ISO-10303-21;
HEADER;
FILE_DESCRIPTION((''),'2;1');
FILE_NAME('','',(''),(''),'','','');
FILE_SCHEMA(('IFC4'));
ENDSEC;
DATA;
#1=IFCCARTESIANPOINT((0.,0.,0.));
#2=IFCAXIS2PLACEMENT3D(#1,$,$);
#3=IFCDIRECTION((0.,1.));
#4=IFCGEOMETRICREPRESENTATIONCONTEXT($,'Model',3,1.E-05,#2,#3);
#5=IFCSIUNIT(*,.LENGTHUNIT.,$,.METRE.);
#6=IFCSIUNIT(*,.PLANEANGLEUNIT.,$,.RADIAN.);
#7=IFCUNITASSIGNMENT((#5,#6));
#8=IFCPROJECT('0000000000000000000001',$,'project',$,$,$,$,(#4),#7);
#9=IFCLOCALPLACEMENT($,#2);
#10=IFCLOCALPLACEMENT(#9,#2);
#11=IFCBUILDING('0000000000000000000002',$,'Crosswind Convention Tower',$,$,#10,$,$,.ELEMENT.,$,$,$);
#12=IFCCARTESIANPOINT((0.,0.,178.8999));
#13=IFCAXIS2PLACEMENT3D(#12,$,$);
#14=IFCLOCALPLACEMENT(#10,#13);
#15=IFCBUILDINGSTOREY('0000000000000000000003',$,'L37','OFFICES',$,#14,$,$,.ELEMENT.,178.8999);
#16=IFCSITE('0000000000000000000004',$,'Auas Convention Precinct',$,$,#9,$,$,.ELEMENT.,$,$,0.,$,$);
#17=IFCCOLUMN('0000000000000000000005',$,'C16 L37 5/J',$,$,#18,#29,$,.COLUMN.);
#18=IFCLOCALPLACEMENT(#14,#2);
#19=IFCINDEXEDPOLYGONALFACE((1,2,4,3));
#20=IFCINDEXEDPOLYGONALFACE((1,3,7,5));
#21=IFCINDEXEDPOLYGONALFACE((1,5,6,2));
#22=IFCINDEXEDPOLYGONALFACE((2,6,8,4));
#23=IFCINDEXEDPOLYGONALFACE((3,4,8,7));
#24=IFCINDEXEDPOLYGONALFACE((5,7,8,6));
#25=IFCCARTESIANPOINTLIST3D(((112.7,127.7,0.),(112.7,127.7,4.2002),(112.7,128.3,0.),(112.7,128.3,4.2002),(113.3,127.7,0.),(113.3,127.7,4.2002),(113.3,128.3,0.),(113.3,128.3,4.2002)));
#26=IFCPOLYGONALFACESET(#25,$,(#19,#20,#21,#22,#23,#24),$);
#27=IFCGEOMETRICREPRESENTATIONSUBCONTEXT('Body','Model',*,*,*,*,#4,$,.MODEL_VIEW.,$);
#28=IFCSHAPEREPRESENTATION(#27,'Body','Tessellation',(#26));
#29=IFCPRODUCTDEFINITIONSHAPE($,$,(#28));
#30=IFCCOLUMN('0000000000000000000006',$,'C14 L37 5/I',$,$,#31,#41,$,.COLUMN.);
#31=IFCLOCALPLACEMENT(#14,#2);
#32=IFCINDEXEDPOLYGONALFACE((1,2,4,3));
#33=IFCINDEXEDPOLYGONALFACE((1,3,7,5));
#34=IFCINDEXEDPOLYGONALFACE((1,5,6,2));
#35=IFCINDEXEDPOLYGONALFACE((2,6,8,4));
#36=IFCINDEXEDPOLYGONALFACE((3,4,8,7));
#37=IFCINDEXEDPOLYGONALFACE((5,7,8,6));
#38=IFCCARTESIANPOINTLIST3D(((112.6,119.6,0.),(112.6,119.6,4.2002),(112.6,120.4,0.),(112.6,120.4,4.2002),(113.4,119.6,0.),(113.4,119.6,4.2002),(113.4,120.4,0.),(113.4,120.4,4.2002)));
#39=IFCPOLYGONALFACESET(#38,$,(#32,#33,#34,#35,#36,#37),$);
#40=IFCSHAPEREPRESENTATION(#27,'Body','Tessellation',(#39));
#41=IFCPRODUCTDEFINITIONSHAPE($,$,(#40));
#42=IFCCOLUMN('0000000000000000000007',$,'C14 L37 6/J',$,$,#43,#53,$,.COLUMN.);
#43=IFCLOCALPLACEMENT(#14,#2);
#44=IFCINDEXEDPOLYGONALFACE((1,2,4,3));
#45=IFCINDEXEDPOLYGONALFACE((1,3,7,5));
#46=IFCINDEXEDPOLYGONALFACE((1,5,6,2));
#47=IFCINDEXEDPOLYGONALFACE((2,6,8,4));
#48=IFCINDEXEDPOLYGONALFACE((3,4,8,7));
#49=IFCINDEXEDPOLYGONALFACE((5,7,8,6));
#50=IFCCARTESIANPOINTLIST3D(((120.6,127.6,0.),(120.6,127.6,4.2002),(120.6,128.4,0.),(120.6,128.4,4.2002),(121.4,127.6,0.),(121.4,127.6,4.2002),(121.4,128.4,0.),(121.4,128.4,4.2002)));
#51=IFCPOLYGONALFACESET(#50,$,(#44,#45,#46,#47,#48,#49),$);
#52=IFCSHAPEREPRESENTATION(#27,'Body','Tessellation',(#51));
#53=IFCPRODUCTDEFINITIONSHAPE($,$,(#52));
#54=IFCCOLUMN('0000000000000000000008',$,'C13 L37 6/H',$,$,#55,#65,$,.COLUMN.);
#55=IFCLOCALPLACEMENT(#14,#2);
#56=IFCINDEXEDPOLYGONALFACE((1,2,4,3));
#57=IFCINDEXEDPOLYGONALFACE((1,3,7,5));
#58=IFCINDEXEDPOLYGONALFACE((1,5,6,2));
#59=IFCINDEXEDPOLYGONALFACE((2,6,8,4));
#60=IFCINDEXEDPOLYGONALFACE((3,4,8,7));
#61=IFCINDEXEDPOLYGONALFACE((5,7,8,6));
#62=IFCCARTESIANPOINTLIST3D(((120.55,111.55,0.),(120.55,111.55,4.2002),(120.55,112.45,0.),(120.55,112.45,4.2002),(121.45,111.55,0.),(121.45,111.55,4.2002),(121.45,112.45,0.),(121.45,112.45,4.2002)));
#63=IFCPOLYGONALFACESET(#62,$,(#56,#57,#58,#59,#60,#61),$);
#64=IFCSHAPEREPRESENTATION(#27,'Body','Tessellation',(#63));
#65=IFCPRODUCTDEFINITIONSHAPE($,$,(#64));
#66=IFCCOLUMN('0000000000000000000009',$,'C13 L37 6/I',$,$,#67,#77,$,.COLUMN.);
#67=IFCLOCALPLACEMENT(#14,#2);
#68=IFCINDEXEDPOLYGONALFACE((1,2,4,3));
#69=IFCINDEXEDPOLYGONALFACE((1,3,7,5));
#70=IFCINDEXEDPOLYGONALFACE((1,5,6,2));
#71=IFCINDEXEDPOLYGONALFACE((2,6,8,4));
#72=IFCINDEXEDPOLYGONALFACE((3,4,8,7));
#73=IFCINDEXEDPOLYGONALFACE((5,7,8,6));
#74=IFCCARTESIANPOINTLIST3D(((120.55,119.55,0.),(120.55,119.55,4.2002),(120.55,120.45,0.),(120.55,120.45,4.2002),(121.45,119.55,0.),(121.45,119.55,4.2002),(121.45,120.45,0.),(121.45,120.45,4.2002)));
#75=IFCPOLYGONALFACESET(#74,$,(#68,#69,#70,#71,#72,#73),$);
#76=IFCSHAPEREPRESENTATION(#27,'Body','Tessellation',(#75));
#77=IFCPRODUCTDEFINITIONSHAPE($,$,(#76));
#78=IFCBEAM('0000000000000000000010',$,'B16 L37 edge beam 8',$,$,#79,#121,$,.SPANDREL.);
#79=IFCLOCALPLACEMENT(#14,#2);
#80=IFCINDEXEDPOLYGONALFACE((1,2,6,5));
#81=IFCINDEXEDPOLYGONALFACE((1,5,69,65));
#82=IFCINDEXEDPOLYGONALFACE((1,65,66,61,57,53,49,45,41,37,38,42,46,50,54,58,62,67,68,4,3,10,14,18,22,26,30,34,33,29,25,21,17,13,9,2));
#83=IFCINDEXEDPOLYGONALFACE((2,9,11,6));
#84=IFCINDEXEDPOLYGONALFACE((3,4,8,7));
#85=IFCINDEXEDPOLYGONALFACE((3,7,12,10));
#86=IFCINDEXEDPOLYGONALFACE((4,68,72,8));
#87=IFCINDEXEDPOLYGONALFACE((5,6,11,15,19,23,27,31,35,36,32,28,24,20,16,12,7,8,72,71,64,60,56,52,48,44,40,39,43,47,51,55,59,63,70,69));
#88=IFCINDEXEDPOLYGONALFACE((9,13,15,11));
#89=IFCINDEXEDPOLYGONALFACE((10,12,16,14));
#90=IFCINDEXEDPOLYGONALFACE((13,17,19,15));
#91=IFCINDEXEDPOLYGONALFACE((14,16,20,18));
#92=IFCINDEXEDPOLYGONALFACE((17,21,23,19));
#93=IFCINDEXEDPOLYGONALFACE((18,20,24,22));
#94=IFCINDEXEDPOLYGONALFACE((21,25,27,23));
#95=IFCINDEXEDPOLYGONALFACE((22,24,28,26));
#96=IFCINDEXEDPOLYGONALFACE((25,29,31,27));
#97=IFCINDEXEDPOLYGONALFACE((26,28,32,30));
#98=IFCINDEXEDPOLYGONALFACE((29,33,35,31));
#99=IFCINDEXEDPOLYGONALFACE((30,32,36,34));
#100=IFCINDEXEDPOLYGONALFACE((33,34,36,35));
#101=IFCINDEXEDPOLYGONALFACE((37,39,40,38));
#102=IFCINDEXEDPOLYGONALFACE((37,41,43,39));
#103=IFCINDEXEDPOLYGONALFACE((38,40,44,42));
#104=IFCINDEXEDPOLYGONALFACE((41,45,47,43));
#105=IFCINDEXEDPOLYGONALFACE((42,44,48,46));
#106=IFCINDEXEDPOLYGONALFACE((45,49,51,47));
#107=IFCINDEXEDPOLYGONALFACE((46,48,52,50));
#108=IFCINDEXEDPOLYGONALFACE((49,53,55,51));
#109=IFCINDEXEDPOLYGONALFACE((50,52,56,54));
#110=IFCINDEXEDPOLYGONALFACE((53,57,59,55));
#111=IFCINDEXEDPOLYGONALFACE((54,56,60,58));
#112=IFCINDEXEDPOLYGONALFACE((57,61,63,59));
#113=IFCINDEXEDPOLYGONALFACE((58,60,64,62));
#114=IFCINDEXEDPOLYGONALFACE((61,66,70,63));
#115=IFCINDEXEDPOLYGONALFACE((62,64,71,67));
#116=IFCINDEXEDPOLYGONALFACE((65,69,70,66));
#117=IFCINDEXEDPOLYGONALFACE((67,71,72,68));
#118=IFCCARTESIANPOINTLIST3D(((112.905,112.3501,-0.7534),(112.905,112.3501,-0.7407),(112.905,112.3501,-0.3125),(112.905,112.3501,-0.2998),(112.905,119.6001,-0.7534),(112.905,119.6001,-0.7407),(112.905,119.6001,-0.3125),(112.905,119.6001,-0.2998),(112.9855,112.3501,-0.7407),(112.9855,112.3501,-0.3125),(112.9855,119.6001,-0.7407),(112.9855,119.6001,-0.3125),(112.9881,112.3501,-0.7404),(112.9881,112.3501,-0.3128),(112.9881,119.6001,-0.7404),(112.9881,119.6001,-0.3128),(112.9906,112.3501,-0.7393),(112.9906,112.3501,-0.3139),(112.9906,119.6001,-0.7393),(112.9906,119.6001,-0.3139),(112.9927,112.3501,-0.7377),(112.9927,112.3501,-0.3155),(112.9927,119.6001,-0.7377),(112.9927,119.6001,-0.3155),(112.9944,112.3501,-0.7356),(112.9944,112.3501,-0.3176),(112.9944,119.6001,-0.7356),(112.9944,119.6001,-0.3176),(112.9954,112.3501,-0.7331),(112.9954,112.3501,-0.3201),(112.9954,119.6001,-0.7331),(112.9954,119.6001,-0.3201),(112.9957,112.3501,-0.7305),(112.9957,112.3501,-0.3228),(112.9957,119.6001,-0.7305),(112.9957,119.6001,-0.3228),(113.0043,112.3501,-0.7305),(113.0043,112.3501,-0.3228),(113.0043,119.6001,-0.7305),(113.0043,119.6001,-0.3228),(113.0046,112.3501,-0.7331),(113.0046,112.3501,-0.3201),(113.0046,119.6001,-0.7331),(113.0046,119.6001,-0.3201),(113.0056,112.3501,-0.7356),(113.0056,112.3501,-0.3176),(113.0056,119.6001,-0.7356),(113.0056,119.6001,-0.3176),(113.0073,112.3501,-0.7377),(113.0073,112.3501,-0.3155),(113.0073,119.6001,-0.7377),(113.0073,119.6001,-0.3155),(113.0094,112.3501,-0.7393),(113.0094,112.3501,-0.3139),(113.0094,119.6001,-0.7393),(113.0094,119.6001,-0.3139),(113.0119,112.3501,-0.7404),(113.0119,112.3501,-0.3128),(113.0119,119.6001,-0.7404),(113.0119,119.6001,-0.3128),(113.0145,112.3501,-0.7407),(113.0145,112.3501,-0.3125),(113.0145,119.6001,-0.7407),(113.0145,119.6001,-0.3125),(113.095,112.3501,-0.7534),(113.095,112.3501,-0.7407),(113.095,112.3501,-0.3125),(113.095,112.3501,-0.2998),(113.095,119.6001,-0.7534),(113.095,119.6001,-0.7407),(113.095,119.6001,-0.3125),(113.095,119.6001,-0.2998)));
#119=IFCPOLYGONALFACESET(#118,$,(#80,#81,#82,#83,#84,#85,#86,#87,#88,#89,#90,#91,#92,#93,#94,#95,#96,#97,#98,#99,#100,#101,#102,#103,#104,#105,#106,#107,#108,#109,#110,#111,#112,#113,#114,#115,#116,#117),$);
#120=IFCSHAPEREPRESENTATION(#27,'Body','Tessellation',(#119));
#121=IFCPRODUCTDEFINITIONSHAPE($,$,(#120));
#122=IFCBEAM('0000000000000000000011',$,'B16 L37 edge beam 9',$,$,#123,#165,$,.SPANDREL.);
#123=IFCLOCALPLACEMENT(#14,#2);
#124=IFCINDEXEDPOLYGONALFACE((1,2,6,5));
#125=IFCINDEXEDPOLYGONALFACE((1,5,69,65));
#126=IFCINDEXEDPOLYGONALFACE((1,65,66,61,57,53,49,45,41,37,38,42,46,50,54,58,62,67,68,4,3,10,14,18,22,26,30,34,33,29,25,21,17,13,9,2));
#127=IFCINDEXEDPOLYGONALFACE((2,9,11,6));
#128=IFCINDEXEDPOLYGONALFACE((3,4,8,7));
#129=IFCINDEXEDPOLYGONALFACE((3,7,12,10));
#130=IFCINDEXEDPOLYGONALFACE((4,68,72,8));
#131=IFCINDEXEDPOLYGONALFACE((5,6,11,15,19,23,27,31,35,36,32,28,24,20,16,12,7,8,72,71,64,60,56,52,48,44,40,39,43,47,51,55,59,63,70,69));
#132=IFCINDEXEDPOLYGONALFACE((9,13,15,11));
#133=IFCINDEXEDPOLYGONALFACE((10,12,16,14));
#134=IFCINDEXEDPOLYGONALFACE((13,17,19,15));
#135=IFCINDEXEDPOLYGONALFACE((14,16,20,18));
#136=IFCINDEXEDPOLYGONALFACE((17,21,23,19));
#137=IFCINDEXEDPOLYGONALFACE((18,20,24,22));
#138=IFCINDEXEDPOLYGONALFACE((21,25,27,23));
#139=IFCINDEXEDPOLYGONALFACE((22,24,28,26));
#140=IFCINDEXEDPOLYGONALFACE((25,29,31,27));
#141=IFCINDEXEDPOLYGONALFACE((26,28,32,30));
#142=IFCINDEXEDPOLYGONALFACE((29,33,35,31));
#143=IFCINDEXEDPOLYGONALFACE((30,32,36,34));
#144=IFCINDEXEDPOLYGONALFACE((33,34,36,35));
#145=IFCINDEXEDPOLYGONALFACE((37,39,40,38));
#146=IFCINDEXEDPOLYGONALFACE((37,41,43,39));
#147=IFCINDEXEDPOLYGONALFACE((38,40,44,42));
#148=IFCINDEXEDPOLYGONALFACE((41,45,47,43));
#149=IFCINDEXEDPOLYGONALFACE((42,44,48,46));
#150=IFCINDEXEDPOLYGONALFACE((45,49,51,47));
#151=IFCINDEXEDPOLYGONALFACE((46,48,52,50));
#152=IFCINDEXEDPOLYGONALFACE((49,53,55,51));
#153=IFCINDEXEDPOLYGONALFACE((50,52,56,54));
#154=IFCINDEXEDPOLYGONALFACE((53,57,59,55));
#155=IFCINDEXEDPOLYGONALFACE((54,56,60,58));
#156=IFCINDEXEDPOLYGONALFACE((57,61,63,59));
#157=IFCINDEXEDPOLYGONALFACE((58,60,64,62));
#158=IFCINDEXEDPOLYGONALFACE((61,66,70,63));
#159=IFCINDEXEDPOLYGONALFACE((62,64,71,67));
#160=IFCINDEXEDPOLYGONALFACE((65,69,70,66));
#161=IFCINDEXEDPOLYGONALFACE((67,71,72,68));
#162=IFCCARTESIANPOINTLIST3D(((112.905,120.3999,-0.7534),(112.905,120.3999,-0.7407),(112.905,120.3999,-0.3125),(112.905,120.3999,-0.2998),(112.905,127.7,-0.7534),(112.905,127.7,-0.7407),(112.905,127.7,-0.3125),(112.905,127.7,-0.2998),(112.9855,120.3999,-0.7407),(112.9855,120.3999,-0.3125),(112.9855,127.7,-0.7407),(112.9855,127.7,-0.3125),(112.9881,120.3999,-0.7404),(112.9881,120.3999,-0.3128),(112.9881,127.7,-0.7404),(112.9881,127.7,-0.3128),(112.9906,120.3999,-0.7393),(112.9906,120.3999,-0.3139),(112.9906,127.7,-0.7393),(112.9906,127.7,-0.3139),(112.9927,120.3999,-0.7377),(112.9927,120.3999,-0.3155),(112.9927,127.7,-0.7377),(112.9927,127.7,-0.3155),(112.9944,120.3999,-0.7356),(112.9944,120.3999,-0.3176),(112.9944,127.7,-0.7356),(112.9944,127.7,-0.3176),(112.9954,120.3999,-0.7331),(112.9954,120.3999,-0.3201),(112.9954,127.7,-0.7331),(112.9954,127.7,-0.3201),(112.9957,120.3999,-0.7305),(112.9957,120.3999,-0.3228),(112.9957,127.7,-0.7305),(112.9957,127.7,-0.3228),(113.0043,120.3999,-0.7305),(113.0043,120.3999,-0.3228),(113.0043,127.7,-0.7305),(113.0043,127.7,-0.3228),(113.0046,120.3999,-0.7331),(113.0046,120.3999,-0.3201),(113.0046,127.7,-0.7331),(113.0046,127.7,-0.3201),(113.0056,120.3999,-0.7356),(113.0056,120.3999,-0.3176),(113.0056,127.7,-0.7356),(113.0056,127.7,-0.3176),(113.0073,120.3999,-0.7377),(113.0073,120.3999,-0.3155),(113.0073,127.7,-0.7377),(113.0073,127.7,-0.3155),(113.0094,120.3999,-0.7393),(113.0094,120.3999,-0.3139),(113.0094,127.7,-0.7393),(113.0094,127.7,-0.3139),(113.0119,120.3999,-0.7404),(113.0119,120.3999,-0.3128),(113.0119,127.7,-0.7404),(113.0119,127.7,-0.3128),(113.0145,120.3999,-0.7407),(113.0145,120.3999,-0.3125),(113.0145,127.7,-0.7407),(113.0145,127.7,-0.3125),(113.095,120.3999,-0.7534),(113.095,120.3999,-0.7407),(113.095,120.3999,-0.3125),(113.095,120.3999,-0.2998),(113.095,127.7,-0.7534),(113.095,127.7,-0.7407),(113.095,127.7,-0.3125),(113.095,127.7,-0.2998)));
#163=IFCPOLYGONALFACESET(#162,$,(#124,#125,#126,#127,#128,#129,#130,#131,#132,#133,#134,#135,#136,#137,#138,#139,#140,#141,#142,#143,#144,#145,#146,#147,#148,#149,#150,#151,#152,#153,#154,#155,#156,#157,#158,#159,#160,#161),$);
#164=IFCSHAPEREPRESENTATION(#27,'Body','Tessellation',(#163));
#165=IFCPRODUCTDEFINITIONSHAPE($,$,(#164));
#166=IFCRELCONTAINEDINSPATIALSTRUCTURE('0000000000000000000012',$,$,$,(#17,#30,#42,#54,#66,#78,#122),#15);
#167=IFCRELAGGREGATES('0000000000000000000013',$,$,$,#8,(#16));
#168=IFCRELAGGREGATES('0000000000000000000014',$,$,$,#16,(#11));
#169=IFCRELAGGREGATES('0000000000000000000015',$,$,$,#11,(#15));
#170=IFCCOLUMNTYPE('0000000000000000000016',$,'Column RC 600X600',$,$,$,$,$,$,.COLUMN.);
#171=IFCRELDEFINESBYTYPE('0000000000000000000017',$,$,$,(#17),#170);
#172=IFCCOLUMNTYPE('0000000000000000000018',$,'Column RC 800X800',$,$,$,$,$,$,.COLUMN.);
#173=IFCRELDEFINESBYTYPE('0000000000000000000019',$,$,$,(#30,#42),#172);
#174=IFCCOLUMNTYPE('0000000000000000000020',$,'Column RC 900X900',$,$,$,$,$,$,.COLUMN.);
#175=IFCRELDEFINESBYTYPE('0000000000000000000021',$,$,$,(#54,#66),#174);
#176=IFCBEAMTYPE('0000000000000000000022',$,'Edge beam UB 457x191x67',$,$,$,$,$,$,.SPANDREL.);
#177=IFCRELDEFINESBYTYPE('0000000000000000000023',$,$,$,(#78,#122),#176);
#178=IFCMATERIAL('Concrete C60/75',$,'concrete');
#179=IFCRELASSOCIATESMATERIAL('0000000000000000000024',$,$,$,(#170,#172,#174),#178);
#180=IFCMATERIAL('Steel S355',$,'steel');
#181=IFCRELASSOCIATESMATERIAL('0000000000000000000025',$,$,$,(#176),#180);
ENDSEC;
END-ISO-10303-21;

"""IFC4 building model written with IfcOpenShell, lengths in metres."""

from ifc_helpers import new_model, si_unit, direction, frame, origin, origin_2d, place, context, subcontext, project, spatial, rectangle, i_section, extrude, material, material_profile, profile_set, type_object, element, save


model = new_model("IFC4")

# Units and contexts
model_context = context("Model", 3, precision=1e-05, world=origin(), true_north=direction((0.0, 1.0)))
body_context = subcontext(model_context, "Body", "Model", "MODEL_VIEW")
ifc_project = project(units=[si_unit("LENGTHUNIT", "METRE"), si_unit("PLANEANGLEUNIT", "RADIAN")], contexts=[model_context])

# Site, building, storey
site_placement = place(None, origin())
site = spatial("IfcSite", under=ifc_project, at=site_placement, Name="Auas Convention Precinct", CompositionType="ELEMENT", RefElevation=0.0)
building_placement = place(site_placement, origin())
building = spatial("IfcBuilding", under=site, at=building_placement, Name="Crosswind Convention Tower", CompositionType="ELEMENT")
storey_placement = place(building_placement, frame((0.0, 0.0, 178.8999)))
storey = spatial("IfcBuildingStorey", under=building, at=storey_placement, Name="L37", Description="OFFICES", CompositionType="ELEMENT", Elevation=178.8999)

# Columns
ifc_material_1 = material(Name="Concrete C60/75", Category="concrete")
ifc_material_profile_1 = material_profile(ifc_material_1, rectangle(XDim=0.6001, YDim=0.6001, at=origin_2d()), Name="RC 600X600")
ifc_profile_set_1 = profile_set([ifc_material_profile_1], Name="Concrete C60/75")
column_type_1 = type_object("IfcColumnType", Name="Column RC 600X600", PredefinedType="COLUMN", material=ifc_profile_set_1)
column_placement = place(storey_placement, frame((113.0, 128.0, 0.0), z_axis=(0.0, 0.0, 1.0), x_axis=(1.0, 0.0, 0.0)))
element("IfcColumn", 1, at=column_placement, inside=storey, type_object=column_type_1, Name="C16 L37 5/J", PredefinedType="COLUMN", context=body_context, shape_type="SweptSolid", body=[
    extrude(rectangle(XDim=0.6001, YDim=0.6001, at=origin_2d()), origin(), (0.0, 0.0, 1.0), 4.2002),
])
ifc_material_profile_2 = material_profile(ifc_material_1, rectangle(XDim=0.8, YDim=0.8, at=origin_2d()), Name="RC 800X800")
ifc_profile_set_2 = profile_set([ifc_material_profile_2], Name="Concrete C60/75")
column_type_2 = type_object("IfcColumnType", Name="Column RC 800X800", PredefinedType="COLUMN", material=ifc_profile_set_2)
for number, where, z_axis, x_axis, name in (
    (2, (113.0, 120.0, 0.0), (0.0, 0.0, 1.0), (1.0, 0.0, 0.0), "C14 L37 5/I"),
    (3, (121.0, 128.0, 0.0), (0.0, 0.0, 1.0), (1.0, 0.0, 0.0), "C14 L37 6/J"),
):
    element("IfcColumn", number, at=place(storey_placement, frame(where, z_axis=z_axis, x_axis=x_axis)), inside=storey, type_object=column_type_2, Name=name, PredefinedType="COLUMN", context=body_context, shape_type="SweptSolid", body=[
        extrude(rectangle(XDim=0.8, YDim=0.8, at=origin_2d()), origin(), (0.0, 0.0, 1.0), 4.2002),
    ])
ifc_material_profile_3 = material_profile(ifc_material_1, rectangle(XDim=0.8999, YDim=0.8999, at=origin_2d()), Name="RC 900X900")
ifc_profile_set_3 = profile_set([ifc_material_profile_3], Name="Concrete C60/75")
column_type_3 = type_object("IfcColumnType", Name="Column RC 900X900", PredefinedType="COLUMN", material=ifc_profile_set_3)
for number, where, z_axis, x_axis, name in (
    (4, (121.0, 112.0, 0.0), (0.0, 0.0, 1.0), (1.0, 0.0, 0.0), "C13 L37 6/H"),
    (5, (121.0, 120.0, 0.0), (0.0, 0.0, 1.0), (1.0, 0.0, 0.0), "C13 L37 6/I"),
):
    element("IfcColumn", number, at=place(storey_placement, frame(where, z_axis=z_axis, x_axis=x_axis)), inside=storey, type_object=column_type_3, Name=name, PredefinedType="COLUMN", context=body_context, shape_type="SweptSolid", body=[
        extrude(rectangle(XDim=0.8999, YDim=0.8999, at=origin_2d()), origin(), (0.0, 0.0, 1.0), 4.2002),
    ])

# Beams
ifc_material_2 = material(Name="Steel S355", Category="steel")
ifc_material_profile_4 = material_profile(ifc_material_2, i_section(OverallWidth=0.1899, OverallDepth=0.4536, WebThickness=0.0085, FlangeThickness=0.0127, FilletRadius=0.0103, at=origin_2d()), Name="UB 457x191x67")
ifc_profile_set_4 = profile_set([ifc_material_profile_4], Name="Steel S355")
beam_type_1 = type_object("IfcBeamType", Name="Edge beam UB 457x191x67", PredefinedType="SPANDREL", material=ifc_profile_set_4)
beam_1_placement = place(storey_placement, frame((113.0, 112.3501, -0.5266), z_axis=(0.0, 1.0, 0.0), x_axis=(-1.0, 0.0, 0.0)))
element("IfcBeam", 6, at=beam_1_placement, inside=storey, type_object=beam_type_1, Name="B16 L37 edge beam 8", PredefinedType="SPANDREL", context=body_context, shape_type="SweptSolid", body=[
    extrude(i_section(OverallWidth=0.1899, OverallDepth=0.4536, WebThickness=0.0085, FlangeThickness=0.0127, FilletRadius=0.0103, at=origin_2d()), origin(), (0.0, 0.0, 1.0), 7.25),
])
for number, where, z_axis, x_axis, name in (
    (7, (113.0, 120.3999, -0.5266), (0.0, 1.0, 0.0), (-1.0, 0.0, 0.0), "B16 L37 edge beam 9"),
):
    element("IfcBeam", number, at=place(storey_placement, frame(where, z_axis=z_axis, x_axis=x_axis)), inside=storey, type_object=beam_type_1, Name=name, PredefinedType="SPANDREL", context=body_context, shape_type="SweptSolid", body=[
        extrude(i_section(OverallWidth=0.1899, OverallDepth=0.4536, WebThickness=0.0085, FlangeThickness=0.0127, FilletRadius=0.0103, at=origin_2d()), origin(), (0.0, 0.0, 1.0), 7.3),
    ])

save(model, "model.ifc")
